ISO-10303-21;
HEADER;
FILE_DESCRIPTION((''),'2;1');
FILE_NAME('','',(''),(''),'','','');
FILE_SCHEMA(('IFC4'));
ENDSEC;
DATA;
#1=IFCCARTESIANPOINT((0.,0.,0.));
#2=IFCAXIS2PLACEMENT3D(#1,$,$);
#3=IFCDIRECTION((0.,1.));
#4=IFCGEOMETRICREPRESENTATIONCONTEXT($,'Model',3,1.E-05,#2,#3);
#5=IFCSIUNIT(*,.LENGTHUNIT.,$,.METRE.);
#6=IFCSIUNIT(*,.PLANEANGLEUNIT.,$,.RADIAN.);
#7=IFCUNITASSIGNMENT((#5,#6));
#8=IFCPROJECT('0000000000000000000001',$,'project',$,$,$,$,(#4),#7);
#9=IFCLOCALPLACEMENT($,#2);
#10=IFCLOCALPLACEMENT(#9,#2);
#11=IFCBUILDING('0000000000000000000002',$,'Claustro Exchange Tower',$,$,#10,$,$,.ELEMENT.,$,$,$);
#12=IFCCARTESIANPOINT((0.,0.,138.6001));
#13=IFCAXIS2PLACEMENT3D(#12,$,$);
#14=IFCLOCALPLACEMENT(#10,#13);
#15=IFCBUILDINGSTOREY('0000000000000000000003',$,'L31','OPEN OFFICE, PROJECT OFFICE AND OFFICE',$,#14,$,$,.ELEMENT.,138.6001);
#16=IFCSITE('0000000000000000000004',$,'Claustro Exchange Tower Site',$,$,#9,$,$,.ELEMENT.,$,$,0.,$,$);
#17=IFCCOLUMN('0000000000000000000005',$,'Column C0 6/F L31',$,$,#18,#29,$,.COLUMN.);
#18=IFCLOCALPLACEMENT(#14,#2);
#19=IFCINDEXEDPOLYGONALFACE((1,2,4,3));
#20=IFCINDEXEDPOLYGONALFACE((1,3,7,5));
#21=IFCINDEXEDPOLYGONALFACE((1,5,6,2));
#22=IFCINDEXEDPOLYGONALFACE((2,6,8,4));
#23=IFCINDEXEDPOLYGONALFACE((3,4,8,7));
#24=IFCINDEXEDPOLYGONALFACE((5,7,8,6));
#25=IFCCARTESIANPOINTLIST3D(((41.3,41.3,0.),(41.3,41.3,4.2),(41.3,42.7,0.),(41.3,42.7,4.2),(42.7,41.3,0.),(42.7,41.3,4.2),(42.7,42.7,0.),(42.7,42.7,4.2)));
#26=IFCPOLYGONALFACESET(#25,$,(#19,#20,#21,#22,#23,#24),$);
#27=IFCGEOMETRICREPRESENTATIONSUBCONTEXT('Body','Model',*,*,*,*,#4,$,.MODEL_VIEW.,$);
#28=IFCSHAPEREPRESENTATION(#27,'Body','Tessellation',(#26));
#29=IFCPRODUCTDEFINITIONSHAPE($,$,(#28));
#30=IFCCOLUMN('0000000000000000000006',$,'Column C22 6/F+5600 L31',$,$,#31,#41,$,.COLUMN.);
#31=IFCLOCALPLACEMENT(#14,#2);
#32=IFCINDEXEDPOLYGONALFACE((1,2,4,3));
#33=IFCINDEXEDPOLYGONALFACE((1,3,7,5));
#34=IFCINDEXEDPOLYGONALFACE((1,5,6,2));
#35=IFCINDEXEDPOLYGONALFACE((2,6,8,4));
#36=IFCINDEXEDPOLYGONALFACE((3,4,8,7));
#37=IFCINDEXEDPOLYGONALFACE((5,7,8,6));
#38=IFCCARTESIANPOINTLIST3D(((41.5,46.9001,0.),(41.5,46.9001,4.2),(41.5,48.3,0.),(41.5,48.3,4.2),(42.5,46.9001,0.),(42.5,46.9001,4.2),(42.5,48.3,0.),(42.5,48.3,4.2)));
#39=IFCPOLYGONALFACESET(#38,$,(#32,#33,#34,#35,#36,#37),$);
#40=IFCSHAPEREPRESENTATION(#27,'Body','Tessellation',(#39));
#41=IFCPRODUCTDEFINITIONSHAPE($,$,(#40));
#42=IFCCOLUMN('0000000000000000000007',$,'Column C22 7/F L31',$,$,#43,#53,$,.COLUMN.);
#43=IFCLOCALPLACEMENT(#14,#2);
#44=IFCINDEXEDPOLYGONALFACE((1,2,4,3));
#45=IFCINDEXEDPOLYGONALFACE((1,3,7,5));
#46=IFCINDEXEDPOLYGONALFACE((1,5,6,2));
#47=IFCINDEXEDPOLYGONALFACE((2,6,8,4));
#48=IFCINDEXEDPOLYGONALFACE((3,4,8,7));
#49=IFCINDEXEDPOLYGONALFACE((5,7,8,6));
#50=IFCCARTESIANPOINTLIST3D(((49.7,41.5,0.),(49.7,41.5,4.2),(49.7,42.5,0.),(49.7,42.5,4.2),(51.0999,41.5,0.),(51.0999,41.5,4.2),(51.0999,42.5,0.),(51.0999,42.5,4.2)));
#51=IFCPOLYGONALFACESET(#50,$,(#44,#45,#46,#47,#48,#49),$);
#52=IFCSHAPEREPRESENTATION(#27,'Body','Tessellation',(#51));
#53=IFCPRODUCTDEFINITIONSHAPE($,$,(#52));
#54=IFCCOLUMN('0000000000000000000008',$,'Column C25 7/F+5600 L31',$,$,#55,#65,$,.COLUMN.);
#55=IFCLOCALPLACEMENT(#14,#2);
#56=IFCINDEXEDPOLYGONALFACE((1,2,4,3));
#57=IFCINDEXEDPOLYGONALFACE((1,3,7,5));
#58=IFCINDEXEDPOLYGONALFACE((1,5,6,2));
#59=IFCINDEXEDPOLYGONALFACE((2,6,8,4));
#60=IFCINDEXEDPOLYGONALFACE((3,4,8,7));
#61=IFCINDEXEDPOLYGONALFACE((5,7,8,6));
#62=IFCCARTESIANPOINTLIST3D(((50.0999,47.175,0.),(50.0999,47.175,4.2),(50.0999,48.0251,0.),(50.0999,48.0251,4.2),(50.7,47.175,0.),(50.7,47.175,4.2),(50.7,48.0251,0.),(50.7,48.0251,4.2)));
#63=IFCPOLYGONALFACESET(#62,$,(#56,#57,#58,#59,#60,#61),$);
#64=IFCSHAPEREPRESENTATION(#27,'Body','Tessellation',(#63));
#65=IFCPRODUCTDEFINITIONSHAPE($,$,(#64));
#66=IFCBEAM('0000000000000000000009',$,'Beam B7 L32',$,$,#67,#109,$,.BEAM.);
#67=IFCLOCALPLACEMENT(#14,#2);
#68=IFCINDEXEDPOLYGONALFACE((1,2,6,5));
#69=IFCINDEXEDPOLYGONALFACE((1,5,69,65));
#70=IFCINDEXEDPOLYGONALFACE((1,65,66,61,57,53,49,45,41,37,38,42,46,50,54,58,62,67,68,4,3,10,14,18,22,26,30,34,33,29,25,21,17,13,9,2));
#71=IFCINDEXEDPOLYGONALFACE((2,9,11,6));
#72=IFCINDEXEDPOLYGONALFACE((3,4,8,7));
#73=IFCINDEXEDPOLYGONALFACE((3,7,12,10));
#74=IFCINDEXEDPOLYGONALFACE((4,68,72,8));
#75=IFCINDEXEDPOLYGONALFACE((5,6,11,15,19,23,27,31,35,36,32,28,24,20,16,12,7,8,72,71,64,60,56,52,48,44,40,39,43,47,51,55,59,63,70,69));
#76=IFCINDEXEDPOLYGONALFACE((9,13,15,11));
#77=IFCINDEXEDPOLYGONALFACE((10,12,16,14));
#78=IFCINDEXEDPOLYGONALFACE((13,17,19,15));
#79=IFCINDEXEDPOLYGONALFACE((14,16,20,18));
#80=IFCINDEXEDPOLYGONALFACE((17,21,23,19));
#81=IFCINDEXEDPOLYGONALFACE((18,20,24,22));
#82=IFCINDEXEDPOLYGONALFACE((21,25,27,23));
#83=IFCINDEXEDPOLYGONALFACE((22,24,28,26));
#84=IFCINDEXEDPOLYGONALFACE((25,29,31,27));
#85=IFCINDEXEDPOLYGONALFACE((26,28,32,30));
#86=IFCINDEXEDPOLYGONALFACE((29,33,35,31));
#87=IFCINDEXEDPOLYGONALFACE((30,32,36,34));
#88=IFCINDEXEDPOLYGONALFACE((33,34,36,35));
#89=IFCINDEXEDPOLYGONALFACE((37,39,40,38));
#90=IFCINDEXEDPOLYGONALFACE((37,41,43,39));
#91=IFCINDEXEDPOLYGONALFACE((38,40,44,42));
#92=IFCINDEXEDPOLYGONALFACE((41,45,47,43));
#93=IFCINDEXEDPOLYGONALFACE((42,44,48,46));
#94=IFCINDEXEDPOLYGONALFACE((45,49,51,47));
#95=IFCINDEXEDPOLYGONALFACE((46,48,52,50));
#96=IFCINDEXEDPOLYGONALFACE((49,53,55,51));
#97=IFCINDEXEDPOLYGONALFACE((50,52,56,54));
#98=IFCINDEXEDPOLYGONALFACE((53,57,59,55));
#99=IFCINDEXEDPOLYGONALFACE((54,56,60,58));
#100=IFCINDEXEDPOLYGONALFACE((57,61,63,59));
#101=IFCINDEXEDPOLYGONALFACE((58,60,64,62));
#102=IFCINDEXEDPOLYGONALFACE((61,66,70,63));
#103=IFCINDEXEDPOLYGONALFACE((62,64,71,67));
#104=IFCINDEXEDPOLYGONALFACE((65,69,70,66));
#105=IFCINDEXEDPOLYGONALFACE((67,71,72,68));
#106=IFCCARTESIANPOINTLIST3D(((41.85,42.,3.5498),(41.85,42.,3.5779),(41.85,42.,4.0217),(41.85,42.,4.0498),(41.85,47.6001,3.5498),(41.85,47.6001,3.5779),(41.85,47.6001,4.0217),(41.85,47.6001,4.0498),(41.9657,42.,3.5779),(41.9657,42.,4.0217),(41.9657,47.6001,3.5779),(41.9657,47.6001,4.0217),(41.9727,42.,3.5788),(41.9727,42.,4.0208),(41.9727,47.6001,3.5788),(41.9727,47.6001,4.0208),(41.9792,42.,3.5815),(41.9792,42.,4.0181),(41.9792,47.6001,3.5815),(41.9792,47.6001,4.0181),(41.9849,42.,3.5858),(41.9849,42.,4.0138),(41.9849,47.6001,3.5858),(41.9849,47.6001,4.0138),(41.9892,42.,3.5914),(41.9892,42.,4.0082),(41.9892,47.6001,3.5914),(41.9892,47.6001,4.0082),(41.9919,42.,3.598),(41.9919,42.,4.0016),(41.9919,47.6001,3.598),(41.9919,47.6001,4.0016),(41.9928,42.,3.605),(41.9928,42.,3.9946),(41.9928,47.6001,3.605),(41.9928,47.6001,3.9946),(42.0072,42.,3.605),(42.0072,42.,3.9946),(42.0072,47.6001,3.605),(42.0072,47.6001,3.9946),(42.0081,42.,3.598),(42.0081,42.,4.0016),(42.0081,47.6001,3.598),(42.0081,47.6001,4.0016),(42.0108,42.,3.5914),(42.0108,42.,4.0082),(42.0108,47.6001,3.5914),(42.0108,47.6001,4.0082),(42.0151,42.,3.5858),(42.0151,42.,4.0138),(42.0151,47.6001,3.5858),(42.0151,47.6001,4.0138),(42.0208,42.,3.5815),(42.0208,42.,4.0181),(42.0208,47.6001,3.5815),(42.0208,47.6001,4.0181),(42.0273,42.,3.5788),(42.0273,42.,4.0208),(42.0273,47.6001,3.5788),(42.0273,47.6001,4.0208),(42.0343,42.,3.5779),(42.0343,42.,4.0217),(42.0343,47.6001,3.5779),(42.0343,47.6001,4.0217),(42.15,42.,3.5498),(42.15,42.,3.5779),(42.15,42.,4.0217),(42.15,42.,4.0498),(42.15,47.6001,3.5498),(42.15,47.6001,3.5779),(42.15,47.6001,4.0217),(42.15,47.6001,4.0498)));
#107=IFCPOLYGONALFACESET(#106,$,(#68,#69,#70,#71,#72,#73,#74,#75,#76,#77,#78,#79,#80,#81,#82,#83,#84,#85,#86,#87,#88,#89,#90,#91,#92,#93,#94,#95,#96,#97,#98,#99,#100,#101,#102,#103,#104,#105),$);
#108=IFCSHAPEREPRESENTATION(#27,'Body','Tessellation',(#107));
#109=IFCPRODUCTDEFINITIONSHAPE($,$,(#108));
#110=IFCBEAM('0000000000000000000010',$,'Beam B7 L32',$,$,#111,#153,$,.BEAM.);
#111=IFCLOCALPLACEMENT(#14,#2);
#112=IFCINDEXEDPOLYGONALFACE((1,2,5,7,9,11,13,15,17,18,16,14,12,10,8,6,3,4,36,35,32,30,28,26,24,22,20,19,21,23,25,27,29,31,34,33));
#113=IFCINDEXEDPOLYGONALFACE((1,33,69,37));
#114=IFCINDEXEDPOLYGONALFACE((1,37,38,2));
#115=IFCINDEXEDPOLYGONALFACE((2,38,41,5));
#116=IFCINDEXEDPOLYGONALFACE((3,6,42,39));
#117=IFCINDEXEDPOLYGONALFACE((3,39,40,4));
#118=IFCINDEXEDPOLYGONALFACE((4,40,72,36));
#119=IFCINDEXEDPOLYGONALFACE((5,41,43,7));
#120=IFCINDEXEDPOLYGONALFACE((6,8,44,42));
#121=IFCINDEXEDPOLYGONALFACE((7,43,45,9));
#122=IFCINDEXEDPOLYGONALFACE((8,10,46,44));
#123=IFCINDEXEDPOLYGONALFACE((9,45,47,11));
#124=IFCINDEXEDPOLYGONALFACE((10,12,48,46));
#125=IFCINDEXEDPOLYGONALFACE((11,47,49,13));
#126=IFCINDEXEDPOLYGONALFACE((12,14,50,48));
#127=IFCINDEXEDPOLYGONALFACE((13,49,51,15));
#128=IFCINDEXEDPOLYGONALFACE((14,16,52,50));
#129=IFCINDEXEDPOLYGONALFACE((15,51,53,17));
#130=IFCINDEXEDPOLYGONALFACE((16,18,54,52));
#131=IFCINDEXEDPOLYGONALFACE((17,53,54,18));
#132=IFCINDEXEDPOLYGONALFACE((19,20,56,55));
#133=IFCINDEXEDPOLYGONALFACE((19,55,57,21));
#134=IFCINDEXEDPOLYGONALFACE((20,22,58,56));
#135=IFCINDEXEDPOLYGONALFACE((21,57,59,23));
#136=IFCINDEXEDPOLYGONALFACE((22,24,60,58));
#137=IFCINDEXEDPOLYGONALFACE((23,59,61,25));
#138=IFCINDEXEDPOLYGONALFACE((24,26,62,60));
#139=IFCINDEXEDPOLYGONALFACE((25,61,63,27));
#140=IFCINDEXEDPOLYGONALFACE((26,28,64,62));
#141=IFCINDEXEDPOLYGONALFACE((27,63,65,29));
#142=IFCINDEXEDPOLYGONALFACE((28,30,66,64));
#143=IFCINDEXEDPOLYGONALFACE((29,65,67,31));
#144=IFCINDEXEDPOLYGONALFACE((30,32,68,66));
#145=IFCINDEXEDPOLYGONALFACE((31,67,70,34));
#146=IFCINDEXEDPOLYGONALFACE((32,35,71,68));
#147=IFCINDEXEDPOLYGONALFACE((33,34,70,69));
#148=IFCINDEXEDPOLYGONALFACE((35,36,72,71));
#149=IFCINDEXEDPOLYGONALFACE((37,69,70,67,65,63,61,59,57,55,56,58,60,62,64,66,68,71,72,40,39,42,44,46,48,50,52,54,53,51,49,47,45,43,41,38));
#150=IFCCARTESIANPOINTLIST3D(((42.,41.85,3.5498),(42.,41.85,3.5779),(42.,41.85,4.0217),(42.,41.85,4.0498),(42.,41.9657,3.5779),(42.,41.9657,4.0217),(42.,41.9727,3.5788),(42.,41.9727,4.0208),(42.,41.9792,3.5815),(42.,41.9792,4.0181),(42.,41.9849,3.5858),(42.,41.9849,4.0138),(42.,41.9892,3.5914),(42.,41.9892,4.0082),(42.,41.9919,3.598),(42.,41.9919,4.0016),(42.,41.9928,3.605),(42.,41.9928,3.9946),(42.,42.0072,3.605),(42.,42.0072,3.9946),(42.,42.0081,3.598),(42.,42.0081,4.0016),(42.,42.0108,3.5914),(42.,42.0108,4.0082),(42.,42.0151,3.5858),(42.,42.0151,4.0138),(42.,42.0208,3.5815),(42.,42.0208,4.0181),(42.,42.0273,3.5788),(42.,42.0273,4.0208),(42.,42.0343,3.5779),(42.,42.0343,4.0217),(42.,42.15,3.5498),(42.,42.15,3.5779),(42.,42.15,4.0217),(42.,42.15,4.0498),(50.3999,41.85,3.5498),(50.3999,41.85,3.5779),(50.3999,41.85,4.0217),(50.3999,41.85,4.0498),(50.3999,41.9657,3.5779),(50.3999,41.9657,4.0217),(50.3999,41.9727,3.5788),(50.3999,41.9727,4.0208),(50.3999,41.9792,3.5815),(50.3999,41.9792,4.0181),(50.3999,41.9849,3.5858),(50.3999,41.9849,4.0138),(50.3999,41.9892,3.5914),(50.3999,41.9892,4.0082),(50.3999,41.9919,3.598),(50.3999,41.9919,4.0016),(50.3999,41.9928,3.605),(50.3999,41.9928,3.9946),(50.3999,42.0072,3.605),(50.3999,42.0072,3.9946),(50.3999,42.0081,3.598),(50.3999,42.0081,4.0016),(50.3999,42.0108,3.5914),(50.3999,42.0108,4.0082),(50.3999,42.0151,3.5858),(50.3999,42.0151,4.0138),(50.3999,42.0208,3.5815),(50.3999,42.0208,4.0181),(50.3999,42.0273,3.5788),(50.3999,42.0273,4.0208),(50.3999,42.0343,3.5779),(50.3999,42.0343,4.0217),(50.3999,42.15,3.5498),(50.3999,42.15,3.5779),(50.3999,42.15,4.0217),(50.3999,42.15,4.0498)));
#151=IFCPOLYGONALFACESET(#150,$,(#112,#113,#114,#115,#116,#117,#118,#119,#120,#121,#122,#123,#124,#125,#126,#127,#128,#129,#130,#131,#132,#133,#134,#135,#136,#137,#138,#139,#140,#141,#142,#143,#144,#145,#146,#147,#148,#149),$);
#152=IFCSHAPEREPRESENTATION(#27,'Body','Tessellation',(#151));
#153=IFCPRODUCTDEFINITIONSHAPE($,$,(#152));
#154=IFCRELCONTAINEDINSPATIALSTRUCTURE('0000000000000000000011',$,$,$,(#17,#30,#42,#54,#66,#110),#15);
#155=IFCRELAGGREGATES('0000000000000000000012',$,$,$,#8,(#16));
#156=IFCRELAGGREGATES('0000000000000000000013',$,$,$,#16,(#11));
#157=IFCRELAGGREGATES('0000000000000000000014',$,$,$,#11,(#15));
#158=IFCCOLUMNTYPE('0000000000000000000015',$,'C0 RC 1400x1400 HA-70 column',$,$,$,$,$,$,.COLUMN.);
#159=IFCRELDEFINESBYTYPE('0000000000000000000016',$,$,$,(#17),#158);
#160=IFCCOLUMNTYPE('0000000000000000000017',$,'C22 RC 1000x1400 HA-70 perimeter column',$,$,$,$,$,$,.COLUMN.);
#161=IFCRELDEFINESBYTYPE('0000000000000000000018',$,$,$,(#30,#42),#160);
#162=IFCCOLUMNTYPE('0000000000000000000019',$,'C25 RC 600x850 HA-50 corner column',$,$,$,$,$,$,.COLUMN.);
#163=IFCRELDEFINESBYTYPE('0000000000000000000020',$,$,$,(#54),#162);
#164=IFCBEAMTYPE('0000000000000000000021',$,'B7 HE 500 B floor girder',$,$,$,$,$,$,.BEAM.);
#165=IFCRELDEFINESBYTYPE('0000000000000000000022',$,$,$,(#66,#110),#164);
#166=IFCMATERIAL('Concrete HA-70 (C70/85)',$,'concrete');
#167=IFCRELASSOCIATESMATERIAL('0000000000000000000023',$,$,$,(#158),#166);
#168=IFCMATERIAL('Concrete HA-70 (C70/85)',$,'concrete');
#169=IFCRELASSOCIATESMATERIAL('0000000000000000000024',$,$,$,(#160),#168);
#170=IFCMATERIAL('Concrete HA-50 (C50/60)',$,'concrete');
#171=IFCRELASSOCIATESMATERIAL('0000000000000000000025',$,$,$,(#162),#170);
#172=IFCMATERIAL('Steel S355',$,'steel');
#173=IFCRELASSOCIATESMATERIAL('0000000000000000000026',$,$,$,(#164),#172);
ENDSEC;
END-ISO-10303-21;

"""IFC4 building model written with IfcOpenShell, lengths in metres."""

from ifc_helpers import new_model, si_unit, direction, frame, origin, origin_2d, place, context, subcontext, project, spatial, rectangle, i_section, extrude, material, material_profile, profile_set, type_object, element, save


model = new_model("IFC4")

# Units and contexts
model_context = context("Model", 3, precision=1e-05, world=origin(), true_north=direction((0.0, 1.0)))
body_context = subcontext(model_context, "Body", "Model", "MODEL_VIEW")
ifc_project = project(units=[si_unit("LENGTHUNIT", "METRE"), si_unit("PLANEANGLEUNIT", "RADIAN")], contexts=[model_context])

# Site, building, storey
site_placement = place(None, origin())
site = spatial("IfcSite", under=ifc_project, at=site_placement, Name="Claustro Exchange Tower Site", CompositionType="ELEMENT", RefElevation=0.0)
building_placement = place(site_placement, origin())
building = spatial("IfcBuilding", under=site, at=building_placement, Name="Claustro Exchange Tower", CompositionType="ELEMENT")
storey_placement = place(building_placement, frame((0.0, 0.0, 138.6001)))
storey = spatial("IfcBuildingStorey", under=building, at=storey_placement, Name="L31", Description="OPEN OFFICE, PROJECT OFFICE AND OFFICE", CompositionType="ELEMENT", Elevation=138.6001)

# Columns
ifc_material_1 = material(Name="Concrete HA-70 (C70/85)", Category="concrete")
ifc_material_profile_1 = material_profile(ifc_material_1, rectangle(XDim=1.3999, YDim=1.3999, at=origin_2d()), Name="RC 1400x1400")
ifc_profile_set_1 = profile_set([ifc_material_profile_1], Name="Concrete HA-70 (C70/85)")
column_type_1 = type_object("IfcColumnType", Name="C0 RC 1400x1400 HA-70 column", PredefinedType="COLUMN", material=ifc_profile_set_1)
column_1_placement = place(storey_placement, frame((42.0, 42.0, 0.0), z_axis=(0.0, 0.0, 1.0), x_axis=(1.0, 0.0, 0.0)))
element("IfcColumn", 1, at=column_1_placement, inside=storey, type_object=column_type_1, Name="Column C0 6/F L31", PredefinedType="COLUMN", context=body_context, shape_type="SweptSolid", body=[
    extrude(rectangle(XDim=1.3999, YDim=1.3999, at=origin_2d()), origin(), (0.0, 0.0, 1.0), 4.2),
])
ifc_material_2 = material(Name="Concrete HA-70 (C70/85)", Category="concrete")
ifc_material_profile_2 = material_profile(ifc_material_2, rectangle(XDim=1.0, YDim=1.3999, at=origin_2d()), Name="RC 1000x1400")
ifc_profile_set_2 = profile_set([ifc_material_profile_2], Name="Concrete HA-70 (C70/85)")
column_type_2 = type_object("IfcColumnType", Name="C22 RC 1000x1400 HA-70 perimeter column", PredefinedType="COLUMN", material=ifc_profile_set_2)
for number, where, z_axis, x_axis, name in (
    (2, (42.0, 47.6001, 0.0), (0.0, 0.0, 1.0), (1.0, 0.0, 0.0), "Column C22 6/F+5600 L31"),
    (3, (50.3999, 42.0, 0.0), (0.0, 0.0, 1.0), (0.0, 1.0, 0.0), "Column C22 7/F L31"),
):
    element("IfcColumn", number, at=place(storey_placement, frame(where, z_axis=z_axis, x_axis=x_axis)), inside=storey, type_object=column_type_2, Name=name, PredefinedType="COLUMN", context=body_context, shape_type="SweptSolid", body=[
        extrude(rectangle(XDim=1.0, YDim=1.3999, at=origin_2d()), origin(), (0.0, 0.0, 1.0), 4.2),
    ])
ifc_material_3 = material(Name="Concrete HA-50 (C50/60)", Category="concrete")
ifc_material_profile_3 = material_profile(ifc_material_3, rectangle(XDim=0.6001, YDim=0.8501, at=origin_2d()), Name="RC 600x850")
ifc_profile_set_3 = profile_set([ifc_material_profile_3], Name="Concrete HA-50 (C50/60)")
column_type_3 = type_object("IfcColumnType", Name="C25 RC 600x850 HA-50 corner column", PredefinedType="COLUMN", material=ifc_profile_set_3)
column_2_placement = place(storey_placement, frame((50.3999, 47.6001, 0.0), z_axis=(0.0, 0.0, 1.0), x_axis=(1.0, 0.0, 0.0)))
element("IfcColumn", 4, at=column_2_placement, inside=storey, type_object=column_type_3, Name="Column C25 7/F+5600 L31", PredefinedType="COLUMN", context=body_context, shape_type="SweptSolid", body=[
    extrude(rectangle(XDim=0.6001, YDim=0.8501, at=origin_2d()), origin(), (0.0, 0.0, 1.0), 4.2),
])

# Beams
ifc_material_4 = material(Name="Steel S355", Category="steel")
ifc_material_profile_4 = material_profile(ifc_material_4, i_section(OverallWidth=0.3, OverallDepth=0.5, WebThickness=0.0144, FlangeThickness=0.0281, FilletRadius=0.0271, at=origin_2d()), Name="HE 500 B")
ifc_profile_set_4 = profile_set([ifc_material_profile_4], Name="Steel S355")
beam_type_1 = type_object("IfcBeamType", Name="B7 HE 500 B floor girder", PredefinedType="BEAM", material=ifc_profile_set_4)
beam_1_placement = place(storey_placement, frame((42.0, 42.0, 3.7998), z_axis=(0.0, 1.0, 0.0), x_axis=(-1.0, 0.0, 0.0)))
element("IfcBeam", 5, at=beam_1_placement, inside=storey, type_object=beam_type_1, Name="Beam B7 L32", PredefinedType="BEAM", context=body_context, shape_type="SweptSolid", body=[
    extrude(i_section(OverallWidth=0.3, OverallDepth=0.5, WebThickness=0.0144, FlangeThickness=0.0281, FilletRadius=0.0271, at=origin_2d()), origin(), (0.0, 0.0, 1.0), 5.6001),
])
beam_2_placement = place(storey_placement, frame((42.0, 42.0, 3.7998), z_axis=(1.0, 0.0, 0.0), x_axis=(0.0, 1.0, 0.0)))
element("IfcBeam", 6, at=beam_2_placement, inside=storey, type_object=beam_type_1, Name="Beam B7 L32", PredefinedType="BEAM", context=body_context, shape_type="SweptSolid", body=[
    extrude(i_section(OverallWidth=0.3, OverallDepth=0.5, WebThickness=0.0144, FlangeThickness=0.0281, FilletRadius=0.0271, at=origin_2d()), origin(), (0.0, 0.0, 1.0), 8.3999),
])

save(model, "model.ifc")
